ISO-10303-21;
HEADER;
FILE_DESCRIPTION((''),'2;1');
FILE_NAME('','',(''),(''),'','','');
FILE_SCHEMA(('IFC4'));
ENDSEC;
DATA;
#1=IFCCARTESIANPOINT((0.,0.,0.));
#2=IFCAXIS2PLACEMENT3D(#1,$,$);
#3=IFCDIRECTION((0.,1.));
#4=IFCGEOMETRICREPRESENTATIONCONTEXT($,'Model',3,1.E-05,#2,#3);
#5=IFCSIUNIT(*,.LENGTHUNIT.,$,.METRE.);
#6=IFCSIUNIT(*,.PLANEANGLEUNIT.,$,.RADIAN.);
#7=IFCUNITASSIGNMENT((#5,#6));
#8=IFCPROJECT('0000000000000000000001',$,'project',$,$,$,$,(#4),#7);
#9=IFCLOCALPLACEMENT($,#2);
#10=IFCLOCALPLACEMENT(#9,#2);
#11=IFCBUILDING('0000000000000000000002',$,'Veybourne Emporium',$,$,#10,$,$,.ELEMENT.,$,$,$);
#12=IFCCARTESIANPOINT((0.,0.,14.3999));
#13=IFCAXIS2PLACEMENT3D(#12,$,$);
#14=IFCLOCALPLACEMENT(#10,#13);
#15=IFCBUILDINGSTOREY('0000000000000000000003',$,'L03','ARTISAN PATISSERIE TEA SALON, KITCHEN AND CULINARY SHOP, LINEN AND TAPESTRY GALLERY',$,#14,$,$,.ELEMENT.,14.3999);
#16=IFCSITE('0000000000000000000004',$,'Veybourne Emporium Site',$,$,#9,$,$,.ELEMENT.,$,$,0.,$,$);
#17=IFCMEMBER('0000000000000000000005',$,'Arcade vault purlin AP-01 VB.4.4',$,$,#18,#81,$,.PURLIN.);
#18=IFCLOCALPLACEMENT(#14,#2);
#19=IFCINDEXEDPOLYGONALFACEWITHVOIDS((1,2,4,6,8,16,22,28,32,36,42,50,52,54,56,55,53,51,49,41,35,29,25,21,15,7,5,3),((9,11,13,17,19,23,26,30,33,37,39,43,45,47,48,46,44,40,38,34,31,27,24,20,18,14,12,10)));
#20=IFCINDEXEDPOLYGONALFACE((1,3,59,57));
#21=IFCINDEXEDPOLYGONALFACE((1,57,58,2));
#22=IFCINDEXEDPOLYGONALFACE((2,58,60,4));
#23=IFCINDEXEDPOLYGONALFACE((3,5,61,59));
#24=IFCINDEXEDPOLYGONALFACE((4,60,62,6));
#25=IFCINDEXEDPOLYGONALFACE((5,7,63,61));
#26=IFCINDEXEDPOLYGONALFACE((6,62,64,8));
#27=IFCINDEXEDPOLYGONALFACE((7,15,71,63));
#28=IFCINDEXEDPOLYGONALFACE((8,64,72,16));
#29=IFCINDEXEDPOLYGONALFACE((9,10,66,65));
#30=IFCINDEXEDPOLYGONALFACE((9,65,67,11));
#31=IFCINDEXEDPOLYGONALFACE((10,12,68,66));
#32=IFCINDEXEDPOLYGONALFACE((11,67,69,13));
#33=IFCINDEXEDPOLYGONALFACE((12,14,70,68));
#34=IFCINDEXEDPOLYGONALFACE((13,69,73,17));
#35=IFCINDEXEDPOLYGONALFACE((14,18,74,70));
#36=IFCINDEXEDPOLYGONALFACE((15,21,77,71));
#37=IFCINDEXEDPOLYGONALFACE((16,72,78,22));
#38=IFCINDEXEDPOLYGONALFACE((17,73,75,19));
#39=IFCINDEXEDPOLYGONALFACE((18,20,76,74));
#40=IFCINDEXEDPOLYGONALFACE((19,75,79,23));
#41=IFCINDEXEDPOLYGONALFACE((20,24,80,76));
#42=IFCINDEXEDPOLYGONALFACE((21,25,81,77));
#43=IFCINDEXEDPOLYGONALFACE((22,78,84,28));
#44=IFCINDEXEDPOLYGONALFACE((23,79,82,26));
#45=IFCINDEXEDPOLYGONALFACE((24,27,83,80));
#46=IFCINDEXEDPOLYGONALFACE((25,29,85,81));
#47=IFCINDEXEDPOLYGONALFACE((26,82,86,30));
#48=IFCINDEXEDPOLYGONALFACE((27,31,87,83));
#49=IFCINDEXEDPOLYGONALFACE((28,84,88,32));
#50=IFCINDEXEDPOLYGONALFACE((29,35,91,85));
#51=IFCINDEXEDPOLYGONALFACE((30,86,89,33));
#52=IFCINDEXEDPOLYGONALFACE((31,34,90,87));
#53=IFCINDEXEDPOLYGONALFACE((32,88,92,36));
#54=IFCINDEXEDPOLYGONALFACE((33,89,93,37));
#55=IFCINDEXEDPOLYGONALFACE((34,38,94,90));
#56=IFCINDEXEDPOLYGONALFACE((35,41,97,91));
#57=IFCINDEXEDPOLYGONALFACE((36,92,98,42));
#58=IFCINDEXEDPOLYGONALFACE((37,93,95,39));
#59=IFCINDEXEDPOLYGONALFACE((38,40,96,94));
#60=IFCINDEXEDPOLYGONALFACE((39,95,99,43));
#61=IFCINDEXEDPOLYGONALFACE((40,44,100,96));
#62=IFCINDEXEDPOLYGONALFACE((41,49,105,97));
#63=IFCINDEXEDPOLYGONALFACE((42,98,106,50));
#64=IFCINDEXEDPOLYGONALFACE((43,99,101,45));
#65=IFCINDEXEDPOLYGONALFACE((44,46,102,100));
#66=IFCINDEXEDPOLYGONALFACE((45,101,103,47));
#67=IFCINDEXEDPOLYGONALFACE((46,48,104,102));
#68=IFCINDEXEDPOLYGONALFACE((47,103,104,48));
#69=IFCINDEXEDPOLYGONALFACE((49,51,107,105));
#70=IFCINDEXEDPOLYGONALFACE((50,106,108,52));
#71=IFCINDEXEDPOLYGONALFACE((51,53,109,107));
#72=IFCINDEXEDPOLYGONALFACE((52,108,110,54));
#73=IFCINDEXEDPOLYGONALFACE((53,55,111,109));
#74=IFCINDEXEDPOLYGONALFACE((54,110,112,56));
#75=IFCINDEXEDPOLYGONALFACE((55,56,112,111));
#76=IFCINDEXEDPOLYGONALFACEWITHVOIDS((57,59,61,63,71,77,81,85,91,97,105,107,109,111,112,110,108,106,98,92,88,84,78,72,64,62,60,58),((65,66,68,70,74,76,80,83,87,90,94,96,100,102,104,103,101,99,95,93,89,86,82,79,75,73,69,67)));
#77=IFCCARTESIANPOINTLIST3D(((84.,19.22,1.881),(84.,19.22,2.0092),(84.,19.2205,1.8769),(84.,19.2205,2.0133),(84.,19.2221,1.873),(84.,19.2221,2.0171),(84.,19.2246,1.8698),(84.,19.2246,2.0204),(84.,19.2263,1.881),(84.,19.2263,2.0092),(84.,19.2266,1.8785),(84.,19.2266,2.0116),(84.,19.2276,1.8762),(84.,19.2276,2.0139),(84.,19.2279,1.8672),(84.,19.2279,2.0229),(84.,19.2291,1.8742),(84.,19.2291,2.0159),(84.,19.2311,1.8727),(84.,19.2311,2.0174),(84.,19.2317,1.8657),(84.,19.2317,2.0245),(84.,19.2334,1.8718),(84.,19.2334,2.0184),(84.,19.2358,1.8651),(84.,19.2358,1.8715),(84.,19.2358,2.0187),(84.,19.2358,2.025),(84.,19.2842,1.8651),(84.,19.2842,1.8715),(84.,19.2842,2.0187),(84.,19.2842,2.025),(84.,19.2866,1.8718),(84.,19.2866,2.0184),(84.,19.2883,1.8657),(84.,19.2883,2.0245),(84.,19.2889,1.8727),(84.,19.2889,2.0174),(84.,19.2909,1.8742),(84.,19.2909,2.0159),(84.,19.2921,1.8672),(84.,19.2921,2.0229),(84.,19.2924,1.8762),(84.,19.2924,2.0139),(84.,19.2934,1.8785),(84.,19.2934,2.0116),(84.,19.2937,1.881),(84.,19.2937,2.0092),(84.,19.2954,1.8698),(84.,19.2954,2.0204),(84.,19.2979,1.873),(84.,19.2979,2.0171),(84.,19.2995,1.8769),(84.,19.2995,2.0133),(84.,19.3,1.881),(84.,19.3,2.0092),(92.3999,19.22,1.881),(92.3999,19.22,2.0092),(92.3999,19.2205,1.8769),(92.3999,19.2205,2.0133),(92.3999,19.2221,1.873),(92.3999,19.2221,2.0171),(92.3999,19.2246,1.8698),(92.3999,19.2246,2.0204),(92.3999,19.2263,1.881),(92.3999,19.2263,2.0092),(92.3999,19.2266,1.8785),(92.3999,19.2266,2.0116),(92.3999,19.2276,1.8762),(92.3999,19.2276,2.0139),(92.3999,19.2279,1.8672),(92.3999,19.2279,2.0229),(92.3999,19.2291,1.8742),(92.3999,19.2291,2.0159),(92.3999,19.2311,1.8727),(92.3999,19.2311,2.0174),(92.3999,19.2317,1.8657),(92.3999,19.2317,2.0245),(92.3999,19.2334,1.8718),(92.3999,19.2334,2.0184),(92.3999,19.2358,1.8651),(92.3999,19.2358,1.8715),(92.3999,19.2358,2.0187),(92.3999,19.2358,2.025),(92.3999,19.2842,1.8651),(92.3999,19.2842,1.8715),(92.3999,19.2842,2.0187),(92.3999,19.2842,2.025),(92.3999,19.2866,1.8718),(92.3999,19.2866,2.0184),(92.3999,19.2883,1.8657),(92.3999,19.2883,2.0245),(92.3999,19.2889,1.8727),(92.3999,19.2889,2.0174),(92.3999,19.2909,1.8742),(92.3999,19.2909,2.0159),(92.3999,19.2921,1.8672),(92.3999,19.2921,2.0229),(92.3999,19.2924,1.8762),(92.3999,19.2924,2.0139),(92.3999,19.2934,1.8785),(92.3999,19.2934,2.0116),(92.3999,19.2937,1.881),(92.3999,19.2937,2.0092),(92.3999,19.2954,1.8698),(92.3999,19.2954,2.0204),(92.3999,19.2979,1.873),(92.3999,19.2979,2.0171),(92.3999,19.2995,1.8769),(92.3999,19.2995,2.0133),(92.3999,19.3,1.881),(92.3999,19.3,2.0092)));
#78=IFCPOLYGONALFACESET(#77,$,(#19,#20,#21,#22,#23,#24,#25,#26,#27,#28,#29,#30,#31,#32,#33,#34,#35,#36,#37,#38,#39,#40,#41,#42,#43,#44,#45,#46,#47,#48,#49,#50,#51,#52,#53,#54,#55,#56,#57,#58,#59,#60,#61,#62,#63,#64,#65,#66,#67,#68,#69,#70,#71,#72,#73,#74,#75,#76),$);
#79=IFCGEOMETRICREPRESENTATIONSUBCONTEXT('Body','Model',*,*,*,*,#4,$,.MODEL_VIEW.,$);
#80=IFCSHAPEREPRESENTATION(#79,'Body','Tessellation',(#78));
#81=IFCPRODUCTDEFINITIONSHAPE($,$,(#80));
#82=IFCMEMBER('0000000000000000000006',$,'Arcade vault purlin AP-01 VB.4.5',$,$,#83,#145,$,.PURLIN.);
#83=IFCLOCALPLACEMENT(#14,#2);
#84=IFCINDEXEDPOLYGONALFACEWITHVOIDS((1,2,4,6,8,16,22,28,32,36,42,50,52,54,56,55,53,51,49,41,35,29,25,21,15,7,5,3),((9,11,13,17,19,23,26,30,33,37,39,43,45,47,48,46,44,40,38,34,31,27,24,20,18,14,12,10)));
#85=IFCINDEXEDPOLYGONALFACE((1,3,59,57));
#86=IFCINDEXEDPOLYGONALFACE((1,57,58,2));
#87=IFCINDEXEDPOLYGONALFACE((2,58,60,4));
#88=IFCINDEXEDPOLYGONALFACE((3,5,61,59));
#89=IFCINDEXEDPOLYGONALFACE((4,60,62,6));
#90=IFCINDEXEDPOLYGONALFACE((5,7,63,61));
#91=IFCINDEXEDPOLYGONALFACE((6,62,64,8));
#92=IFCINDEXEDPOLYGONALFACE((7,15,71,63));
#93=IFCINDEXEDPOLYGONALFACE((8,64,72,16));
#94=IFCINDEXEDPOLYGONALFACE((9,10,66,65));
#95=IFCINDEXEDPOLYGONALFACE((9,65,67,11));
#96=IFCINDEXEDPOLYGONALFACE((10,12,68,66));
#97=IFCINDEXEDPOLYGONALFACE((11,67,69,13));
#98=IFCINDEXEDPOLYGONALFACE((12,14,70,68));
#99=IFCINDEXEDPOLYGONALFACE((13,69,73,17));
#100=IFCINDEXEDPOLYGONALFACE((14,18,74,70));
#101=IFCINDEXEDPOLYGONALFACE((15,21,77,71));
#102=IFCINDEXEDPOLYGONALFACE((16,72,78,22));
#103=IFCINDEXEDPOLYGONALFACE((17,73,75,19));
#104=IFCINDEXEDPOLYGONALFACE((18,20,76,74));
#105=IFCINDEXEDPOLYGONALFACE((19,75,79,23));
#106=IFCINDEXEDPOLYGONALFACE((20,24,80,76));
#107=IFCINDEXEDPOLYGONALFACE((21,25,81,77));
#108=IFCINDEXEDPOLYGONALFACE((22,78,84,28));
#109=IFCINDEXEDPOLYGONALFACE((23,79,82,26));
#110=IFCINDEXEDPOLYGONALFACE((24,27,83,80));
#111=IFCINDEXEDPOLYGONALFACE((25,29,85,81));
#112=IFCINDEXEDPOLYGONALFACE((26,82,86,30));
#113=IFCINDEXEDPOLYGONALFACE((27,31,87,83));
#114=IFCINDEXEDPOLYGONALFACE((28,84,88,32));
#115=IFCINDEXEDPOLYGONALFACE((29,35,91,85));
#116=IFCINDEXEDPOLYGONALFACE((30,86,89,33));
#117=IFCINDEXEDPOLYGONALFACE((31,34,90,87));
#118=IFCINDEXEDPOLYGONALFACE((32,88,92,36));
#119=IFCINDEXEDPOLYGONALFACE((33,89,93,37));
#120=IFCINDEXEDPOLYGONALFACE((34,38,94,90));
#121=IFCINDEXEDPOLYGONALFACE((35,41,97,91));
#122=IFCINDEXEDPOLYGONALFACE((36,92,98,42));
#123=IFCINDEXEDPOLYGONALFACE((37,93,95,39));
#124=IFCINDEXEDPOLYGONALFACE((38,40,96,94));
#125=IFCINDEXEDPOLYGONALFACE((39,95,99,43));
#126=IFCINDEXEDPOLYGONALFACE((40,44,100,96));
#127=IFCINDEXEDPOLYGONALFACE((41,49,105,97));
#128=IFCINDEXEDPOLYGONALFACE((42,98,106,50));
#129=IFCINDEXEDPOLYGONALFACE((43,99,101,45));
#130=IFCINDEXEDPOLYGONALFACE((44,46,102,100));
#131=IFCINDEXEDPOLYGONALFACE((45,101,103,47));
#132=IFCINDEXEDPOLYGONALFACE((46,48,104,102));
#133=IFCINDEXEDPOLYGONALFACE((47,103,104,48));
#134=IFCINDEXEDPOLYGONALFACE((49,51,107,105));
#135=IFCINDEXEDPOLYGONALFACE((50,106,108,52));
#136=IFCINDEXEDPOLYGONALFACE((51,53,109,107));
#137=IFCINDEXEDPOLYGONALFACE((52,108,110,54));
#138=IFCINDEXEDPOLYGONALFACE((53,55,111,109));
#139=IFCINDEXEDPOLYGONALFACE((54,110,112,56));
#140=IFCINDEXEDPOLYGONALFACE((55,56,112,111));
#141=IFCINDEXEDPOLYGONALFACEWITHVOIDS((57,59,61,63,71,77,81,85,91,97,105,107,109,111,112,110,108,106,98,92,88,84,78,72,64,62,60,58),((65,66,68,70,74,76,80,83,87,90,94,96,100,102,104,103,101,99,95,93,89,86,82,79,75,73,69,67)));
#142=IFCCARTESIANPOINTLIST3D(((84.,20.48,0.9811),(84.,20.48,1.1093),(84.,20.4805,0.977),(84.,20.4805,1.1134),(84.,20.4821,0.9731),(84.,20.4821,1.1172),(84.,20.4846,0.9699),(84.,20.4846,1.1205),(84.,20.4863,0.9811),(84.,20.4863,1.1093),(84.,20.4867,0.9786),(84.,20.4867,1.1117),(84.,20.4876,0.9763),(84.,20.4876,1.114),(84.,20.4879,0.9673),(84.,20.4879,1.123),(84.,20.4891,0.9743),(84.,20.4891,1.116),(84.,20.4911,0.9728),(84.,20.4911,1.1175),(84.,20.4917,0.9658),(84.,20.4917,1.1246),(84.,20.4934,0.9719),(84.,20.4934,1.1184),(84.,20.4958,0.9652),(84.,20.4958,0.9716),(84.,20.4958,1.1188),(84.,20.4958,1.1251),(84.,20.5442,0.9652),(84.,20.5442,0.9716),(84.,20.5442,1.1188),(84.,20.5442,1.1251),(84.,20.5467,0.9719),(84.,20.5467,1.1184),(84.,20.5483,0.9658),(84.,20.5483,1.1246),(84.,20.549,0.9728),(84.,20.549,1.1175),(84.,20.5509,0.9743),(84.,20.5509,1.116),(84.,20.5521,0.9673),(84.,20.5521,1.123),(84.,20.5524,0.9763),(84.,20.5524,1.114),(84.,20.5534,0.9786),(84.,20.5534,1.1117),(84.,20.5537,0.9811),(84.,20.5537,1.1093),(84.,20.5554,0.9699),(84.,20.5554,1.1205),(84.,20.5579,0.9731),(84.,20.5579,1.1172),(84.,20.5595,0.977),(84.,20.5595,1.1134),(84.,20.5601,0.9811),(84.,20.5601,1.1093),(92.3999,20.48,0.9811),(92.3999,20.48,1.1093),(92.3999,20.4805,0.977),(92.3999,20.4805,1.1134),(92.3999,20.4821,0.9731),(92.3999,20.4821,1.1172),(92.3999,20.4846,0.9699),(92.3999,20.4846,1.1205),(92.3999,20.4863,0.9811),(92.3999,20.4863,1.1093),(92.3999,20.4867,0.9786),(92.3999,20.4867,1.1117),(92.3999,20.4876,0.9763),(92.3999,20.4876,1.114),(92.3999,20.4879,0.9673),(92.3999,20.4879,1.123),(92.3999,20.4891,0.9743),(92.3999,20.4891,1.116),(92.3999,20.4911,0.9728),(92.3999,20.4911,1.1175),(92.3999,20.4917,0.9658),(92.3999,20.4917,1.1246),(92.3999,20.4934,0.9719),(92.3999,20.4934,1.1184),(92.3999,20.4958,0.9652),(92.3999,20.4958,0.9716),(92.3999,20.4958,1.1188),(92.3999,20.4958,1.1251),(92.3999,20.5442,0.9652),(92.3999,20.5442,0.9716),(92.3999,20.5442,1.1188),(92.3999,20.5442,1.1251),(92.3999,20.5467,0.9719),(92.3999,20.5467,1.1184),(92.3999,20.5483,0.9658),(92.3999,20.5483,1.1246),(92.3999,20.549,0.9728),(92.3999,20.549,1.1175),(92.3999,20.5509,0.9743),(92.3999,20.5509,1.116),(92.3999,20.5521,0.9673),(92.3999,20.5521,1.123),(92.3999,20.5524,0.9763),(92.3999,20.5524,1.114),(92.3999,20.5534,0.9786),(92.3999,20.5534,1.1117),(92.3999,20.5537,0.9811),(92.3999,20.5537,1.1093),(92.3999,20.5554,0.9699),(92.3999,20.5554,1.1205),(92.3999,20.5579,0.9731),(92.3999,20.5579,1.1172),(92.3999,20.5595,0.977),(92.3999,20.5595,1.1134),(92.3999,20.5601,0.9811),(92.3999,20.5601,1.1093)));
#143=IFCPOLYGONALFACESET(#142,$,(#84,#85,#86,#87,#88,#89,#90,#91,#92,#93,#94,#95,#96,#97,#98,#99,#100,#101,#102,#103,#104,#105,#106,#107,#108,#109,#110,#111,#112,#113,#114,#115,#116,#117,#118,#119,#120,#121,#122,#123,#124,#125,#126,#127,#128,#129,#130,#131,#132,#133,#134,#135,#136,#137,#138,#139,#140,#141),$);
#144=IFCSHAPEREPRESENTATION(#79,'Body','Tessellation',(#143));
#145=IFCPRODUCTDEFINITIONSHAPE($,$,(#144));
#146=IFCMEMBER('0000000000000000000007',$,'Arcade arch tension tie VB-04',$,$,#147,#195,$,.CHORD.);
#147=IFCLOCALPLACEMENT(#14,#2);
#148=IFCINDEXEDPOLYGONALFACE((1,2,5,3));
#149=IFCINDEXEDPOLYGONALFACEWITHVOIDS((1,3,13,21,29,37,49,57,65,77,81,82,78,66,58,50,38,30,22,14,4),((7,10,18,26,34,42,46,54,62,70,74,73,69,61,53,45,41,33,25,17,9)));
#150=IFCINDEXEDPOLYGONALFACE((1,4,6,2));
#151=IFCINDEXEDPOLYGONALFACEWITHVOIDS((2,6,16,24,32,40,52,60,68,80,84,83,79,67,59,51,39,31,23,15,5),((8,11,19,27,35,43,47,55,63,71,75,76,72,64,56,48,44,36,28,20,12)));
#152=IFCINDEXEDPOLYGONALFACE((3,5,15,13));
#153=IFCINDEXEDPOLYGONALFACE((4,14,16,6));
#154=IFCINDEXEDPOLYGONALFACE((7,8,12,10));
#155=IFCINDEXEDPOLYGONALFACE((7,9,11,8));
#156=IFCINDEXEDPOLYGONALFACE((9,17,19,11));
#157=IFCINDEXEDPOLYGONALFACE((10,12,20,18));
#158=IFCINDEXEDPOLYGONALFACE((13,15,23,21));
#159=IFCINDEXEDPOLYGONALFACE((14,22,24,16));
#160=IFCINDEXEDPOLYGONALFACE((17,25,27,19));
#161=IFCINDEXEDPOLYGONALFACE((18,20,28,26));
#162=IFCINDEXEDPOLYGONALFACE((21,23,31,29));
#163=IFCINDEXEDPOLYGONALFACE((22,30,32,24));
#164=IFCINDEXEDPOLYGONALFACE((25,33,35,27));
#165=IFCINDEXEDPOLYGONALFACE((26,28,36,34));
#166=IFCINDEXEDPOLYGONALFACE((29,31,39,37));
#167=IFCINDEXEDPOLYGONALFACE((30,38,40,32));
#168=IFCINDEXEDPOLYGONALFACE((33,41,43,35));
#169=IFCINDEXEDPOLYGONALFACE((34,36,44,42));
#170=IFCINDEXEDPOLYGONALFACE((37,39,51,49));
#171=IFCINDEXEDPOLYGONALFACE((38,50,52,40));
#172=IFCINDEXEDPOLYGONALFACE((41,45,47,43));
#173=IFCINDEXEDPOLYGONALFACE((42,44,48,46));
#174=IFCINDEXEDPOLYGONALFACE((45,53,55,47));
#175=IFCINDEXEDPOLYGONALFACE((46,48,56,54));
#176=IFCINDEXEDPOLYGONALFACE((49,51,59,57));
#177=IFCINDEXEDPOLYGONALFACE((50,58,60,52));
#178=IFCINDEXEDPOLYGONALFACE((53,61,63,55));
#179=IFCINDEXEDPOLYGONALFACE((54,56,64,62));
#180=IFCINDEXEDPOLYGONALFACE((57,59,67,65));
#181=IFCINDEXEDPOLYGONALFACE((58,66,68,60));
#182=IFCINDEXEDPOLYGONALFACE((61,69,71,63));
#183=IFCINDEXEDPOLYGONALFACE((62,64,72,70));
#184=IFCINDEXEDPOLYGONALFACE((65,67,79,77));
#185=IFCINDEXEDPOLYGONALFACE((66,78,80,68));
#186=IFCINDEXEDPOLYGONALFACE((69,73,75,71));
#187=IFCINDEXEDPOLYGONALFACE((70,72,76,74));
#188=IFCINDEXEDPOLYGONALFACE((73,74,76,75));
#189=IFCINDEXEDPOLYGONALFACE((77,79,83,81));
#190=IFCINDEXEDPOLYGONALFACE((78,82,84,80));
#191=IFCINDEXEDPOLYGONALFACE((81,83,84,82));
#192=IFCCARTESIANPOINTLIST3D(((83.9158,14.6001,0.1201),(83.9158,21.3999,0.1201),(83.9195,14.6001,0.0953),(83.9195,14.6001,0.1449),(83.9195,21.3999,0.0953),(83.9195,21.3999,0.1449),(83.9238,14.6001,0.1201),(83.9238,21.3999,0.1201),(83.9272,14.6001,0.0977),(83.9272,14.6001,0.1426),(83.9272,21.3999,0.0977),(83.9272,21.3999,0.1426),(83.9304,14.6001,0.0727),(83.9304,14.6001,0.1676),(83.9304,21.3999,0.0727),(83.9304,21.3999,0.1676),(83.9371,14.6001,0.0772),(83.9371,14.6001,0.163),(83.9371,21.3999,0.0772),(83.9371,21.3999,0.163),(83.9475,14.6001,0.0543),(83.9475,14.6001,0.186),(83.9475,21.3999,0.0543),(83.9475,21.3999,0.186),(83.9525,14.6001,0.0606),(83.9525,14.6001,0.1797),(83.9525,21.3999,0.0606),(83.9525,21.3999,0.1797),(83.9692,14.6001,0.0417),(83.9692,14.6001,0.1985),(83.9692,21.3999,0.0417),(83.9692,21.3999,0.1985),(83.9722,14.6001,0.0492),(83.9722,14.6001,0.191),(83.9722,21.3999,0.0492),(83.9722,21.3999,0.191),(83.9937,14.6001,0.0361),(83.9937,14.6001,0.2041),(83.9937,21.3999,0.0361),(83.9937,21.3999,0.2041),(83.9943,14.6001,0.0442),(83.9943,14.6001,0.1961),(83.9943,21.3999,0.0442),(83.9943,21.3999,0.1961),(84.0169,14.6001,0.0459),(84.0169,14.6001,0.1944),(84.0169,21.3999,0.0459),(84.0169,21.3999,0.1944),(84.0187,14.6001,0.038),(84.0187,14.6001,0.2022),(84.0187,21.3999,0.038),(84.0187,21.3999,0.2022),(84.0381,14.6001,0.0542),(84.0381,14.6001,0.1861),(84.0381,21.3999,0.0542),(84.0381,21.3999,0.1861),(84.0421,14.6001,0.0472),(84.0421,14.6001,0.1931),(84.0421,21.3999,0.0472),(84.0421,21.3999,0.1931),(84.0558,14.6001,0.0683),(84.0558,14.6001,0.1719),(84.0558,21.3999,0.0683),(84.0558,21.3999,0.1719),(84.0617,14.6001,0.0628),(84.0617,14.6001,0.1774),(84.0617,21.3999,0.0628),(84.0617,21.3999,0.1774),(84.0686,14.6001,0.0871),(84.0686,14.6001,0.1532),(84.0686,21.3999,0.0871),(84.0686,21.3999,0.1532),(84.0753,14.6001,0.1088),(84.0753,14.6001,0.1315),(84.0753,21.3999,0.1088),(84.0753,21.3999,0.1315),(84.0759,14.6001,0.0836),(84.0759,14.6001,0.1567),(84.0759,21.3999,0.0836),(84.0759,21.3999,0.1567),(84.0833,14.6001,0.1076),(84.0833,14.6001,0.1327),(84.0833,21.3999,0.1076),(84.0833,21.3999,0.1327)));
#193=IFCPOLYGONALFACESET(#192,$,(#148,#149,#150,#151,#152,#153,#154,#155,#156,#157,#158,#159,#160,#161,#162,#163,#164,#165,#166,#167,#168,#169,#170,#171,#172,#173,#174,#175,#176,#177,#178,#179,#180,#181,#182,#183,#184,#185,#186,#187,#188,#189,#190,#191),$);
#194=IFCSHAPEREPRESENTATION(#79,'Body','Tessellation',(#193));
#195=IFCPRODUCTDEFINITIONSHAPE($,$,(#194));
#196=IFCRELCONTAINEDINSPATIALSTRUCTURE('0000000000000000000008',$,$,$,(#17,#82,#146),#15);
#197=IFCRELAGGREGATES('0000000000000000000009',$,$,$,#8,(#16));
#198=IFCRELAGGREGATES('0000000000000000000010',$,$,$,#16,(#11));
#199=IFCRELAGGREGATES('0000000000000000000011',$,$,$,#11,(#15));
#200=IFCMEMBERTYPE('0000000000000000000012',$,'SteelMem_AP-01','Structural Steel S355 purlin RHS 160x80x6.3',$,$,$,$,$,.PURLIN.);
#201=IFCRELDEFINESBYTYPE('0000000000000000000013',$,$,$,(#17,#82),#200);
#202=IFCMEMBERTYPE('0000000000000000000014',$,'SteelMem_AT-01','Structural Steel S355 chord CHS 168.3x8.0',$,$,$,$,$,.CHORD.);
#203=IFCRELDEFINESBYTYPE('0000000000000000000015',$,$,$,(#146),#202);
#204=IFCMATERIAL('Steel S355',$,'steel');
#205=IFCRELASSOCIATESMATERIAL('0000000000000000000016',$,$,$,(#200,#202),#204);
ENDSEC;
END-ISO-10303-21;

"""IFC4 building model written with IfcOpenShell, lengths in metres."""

from ifc_helpers import new_model, si_unit, direction, frame, origin, origin_2d, place, context, subcontext, project, spatial, hollow_rectangle, hollow_circle, extrude, material, material_profile, profile_set, type_object, element, save


model = new_model("IFC4")

# Units and contexts
model_context = context("Model", 3, precision=1e-05, world=origin(), true_north=direction((0.0, 1.0)))
body_context = subcontext(model_context, "Body", "Model", "MODEL_VIEW")
ifc_project = project(units=[si_unit("LENGTHUNIT", "METRE"), si_unit("PLANEANGLEUNIT", "RADIAN")], contexts=[model_context])

# Site, building, storey
site_placement = place(None, origin())
site = spatial("IfcSite", under=ifc_project, at=site_placement, Name="Veybourne Emporium Site", CompositionType="ELEMENT", RefElevation=0.0)
building_placement = place(site_placement, origin())
building = spatial("IfcBuilding", under=site, at=building_placement, Name="Veybourne Emporium", CompositionType="ELEMENT")
storey_placement = place(building_placement, frame((0.0, 0.0, 14.3999)))
storey = spatial("IfcBuildingStorey", under=building, at=storey_placement, Name="L03", Description="ARTISAN PATISSERIE TEA SALON, KITCHEN AND CULINARY SHOP, LINEN AND TAPESTRY GALLERY", CompositionType="ELEMENT", Elevation=14.3999)

# Shared definitions
ifc_material_1 = material(Name="Steel S355", Category="steel")

# Members
ifc_material_profile_1 = material_profile(ifc_material_1, hollow_rectangle(XDim=0.0801, YDim=0.1599, WallThickness=0.0063, InnerFilletRadius=0.0095, OuterFilletRadius=0.0159, at=origin_2d()), Name="RHS 160x80x6.3")
ifc_profile_set_1 = profile_set([ifc_material_profile_1], Name="Steel S355")
member_type_1 = type_object("IfcMemberType", Name="SteelMem_AP-01", Description="Structural Steel S355 purlin RHS 160x80x6.3", PredefinedType="PURLIN", material=ifc_profile_set_1)
for number, where, z_axis, x_axis, name in (
    (1, (84.0, 19.26, 1.9451), (1.0, 0.0, 0.0), (0.0, 1.0, 0.0), "Arcade vault purlin AP-01 VB.4.4"),
    (2, (84.0, 20.52, 1.0452), (1.0, 0.0, 0.0), (0.0, 1.0, 0.0), "Arcade vault purlin AP-01 VB.4.5"),
):
    element("IfcMember", number, at=place(storey_placement, frame(where, z_axis=z_axis, x_axis=x_axis)), inside=storey, type_object=member_type_1, Name=name, PredefinedType="PURLIN", context=body_context, shape_type="SweptSolid", body=[
        extrude(hollow_rectangle(XDim=0.0801, YDim=0.1599, WallThickness=0.0063, InnerFilletRadius=0.0095, OuterFilletRadius=0.0159, at=origin_2d()), origin(), (0.0, 0.0, 1.0), 8.3999),
    ])
ifc_material_profile_2 = material_profile(ifc_material_1, hollow_circle(Radius=0.0842, WallThickness=0.0081, at=origin_2d()), Name="CHS 168.3x8.0")
ifc_profile_set_2 = profile_set([ifc_material_profile_2], Name="Steel S355")
member_type_2 = type_object("IfcMemberType", Name="SteelMem_AT-01", Description="Structural Steel S355 chord CHS 168.3x8.0", PredefinedType="CHORD", material=ifc_profile_set_2)
member_placement = place(storey_placement, frame((84.0, 14.6001, 0.1201), z_axis=(0.0, 1.0, 0.0), x_axis=(-1.0, 0.0, 0.0)))
element("IfcMember", 3, at=member_placement, inside=storey, type_object=member_type_2, Name="Arcade arch tension tie VB-04", PredefinedType="CHORD", context=body_context, shape_type="SweptSolid", body=[
    extrude(hollow_circle(Radius=0.0842, WallThickness=0.0081, at=origin_2d()), origin(), (0.0, 0.0, 1.0), 6.7998),
])

save(model, "model.ifc")
